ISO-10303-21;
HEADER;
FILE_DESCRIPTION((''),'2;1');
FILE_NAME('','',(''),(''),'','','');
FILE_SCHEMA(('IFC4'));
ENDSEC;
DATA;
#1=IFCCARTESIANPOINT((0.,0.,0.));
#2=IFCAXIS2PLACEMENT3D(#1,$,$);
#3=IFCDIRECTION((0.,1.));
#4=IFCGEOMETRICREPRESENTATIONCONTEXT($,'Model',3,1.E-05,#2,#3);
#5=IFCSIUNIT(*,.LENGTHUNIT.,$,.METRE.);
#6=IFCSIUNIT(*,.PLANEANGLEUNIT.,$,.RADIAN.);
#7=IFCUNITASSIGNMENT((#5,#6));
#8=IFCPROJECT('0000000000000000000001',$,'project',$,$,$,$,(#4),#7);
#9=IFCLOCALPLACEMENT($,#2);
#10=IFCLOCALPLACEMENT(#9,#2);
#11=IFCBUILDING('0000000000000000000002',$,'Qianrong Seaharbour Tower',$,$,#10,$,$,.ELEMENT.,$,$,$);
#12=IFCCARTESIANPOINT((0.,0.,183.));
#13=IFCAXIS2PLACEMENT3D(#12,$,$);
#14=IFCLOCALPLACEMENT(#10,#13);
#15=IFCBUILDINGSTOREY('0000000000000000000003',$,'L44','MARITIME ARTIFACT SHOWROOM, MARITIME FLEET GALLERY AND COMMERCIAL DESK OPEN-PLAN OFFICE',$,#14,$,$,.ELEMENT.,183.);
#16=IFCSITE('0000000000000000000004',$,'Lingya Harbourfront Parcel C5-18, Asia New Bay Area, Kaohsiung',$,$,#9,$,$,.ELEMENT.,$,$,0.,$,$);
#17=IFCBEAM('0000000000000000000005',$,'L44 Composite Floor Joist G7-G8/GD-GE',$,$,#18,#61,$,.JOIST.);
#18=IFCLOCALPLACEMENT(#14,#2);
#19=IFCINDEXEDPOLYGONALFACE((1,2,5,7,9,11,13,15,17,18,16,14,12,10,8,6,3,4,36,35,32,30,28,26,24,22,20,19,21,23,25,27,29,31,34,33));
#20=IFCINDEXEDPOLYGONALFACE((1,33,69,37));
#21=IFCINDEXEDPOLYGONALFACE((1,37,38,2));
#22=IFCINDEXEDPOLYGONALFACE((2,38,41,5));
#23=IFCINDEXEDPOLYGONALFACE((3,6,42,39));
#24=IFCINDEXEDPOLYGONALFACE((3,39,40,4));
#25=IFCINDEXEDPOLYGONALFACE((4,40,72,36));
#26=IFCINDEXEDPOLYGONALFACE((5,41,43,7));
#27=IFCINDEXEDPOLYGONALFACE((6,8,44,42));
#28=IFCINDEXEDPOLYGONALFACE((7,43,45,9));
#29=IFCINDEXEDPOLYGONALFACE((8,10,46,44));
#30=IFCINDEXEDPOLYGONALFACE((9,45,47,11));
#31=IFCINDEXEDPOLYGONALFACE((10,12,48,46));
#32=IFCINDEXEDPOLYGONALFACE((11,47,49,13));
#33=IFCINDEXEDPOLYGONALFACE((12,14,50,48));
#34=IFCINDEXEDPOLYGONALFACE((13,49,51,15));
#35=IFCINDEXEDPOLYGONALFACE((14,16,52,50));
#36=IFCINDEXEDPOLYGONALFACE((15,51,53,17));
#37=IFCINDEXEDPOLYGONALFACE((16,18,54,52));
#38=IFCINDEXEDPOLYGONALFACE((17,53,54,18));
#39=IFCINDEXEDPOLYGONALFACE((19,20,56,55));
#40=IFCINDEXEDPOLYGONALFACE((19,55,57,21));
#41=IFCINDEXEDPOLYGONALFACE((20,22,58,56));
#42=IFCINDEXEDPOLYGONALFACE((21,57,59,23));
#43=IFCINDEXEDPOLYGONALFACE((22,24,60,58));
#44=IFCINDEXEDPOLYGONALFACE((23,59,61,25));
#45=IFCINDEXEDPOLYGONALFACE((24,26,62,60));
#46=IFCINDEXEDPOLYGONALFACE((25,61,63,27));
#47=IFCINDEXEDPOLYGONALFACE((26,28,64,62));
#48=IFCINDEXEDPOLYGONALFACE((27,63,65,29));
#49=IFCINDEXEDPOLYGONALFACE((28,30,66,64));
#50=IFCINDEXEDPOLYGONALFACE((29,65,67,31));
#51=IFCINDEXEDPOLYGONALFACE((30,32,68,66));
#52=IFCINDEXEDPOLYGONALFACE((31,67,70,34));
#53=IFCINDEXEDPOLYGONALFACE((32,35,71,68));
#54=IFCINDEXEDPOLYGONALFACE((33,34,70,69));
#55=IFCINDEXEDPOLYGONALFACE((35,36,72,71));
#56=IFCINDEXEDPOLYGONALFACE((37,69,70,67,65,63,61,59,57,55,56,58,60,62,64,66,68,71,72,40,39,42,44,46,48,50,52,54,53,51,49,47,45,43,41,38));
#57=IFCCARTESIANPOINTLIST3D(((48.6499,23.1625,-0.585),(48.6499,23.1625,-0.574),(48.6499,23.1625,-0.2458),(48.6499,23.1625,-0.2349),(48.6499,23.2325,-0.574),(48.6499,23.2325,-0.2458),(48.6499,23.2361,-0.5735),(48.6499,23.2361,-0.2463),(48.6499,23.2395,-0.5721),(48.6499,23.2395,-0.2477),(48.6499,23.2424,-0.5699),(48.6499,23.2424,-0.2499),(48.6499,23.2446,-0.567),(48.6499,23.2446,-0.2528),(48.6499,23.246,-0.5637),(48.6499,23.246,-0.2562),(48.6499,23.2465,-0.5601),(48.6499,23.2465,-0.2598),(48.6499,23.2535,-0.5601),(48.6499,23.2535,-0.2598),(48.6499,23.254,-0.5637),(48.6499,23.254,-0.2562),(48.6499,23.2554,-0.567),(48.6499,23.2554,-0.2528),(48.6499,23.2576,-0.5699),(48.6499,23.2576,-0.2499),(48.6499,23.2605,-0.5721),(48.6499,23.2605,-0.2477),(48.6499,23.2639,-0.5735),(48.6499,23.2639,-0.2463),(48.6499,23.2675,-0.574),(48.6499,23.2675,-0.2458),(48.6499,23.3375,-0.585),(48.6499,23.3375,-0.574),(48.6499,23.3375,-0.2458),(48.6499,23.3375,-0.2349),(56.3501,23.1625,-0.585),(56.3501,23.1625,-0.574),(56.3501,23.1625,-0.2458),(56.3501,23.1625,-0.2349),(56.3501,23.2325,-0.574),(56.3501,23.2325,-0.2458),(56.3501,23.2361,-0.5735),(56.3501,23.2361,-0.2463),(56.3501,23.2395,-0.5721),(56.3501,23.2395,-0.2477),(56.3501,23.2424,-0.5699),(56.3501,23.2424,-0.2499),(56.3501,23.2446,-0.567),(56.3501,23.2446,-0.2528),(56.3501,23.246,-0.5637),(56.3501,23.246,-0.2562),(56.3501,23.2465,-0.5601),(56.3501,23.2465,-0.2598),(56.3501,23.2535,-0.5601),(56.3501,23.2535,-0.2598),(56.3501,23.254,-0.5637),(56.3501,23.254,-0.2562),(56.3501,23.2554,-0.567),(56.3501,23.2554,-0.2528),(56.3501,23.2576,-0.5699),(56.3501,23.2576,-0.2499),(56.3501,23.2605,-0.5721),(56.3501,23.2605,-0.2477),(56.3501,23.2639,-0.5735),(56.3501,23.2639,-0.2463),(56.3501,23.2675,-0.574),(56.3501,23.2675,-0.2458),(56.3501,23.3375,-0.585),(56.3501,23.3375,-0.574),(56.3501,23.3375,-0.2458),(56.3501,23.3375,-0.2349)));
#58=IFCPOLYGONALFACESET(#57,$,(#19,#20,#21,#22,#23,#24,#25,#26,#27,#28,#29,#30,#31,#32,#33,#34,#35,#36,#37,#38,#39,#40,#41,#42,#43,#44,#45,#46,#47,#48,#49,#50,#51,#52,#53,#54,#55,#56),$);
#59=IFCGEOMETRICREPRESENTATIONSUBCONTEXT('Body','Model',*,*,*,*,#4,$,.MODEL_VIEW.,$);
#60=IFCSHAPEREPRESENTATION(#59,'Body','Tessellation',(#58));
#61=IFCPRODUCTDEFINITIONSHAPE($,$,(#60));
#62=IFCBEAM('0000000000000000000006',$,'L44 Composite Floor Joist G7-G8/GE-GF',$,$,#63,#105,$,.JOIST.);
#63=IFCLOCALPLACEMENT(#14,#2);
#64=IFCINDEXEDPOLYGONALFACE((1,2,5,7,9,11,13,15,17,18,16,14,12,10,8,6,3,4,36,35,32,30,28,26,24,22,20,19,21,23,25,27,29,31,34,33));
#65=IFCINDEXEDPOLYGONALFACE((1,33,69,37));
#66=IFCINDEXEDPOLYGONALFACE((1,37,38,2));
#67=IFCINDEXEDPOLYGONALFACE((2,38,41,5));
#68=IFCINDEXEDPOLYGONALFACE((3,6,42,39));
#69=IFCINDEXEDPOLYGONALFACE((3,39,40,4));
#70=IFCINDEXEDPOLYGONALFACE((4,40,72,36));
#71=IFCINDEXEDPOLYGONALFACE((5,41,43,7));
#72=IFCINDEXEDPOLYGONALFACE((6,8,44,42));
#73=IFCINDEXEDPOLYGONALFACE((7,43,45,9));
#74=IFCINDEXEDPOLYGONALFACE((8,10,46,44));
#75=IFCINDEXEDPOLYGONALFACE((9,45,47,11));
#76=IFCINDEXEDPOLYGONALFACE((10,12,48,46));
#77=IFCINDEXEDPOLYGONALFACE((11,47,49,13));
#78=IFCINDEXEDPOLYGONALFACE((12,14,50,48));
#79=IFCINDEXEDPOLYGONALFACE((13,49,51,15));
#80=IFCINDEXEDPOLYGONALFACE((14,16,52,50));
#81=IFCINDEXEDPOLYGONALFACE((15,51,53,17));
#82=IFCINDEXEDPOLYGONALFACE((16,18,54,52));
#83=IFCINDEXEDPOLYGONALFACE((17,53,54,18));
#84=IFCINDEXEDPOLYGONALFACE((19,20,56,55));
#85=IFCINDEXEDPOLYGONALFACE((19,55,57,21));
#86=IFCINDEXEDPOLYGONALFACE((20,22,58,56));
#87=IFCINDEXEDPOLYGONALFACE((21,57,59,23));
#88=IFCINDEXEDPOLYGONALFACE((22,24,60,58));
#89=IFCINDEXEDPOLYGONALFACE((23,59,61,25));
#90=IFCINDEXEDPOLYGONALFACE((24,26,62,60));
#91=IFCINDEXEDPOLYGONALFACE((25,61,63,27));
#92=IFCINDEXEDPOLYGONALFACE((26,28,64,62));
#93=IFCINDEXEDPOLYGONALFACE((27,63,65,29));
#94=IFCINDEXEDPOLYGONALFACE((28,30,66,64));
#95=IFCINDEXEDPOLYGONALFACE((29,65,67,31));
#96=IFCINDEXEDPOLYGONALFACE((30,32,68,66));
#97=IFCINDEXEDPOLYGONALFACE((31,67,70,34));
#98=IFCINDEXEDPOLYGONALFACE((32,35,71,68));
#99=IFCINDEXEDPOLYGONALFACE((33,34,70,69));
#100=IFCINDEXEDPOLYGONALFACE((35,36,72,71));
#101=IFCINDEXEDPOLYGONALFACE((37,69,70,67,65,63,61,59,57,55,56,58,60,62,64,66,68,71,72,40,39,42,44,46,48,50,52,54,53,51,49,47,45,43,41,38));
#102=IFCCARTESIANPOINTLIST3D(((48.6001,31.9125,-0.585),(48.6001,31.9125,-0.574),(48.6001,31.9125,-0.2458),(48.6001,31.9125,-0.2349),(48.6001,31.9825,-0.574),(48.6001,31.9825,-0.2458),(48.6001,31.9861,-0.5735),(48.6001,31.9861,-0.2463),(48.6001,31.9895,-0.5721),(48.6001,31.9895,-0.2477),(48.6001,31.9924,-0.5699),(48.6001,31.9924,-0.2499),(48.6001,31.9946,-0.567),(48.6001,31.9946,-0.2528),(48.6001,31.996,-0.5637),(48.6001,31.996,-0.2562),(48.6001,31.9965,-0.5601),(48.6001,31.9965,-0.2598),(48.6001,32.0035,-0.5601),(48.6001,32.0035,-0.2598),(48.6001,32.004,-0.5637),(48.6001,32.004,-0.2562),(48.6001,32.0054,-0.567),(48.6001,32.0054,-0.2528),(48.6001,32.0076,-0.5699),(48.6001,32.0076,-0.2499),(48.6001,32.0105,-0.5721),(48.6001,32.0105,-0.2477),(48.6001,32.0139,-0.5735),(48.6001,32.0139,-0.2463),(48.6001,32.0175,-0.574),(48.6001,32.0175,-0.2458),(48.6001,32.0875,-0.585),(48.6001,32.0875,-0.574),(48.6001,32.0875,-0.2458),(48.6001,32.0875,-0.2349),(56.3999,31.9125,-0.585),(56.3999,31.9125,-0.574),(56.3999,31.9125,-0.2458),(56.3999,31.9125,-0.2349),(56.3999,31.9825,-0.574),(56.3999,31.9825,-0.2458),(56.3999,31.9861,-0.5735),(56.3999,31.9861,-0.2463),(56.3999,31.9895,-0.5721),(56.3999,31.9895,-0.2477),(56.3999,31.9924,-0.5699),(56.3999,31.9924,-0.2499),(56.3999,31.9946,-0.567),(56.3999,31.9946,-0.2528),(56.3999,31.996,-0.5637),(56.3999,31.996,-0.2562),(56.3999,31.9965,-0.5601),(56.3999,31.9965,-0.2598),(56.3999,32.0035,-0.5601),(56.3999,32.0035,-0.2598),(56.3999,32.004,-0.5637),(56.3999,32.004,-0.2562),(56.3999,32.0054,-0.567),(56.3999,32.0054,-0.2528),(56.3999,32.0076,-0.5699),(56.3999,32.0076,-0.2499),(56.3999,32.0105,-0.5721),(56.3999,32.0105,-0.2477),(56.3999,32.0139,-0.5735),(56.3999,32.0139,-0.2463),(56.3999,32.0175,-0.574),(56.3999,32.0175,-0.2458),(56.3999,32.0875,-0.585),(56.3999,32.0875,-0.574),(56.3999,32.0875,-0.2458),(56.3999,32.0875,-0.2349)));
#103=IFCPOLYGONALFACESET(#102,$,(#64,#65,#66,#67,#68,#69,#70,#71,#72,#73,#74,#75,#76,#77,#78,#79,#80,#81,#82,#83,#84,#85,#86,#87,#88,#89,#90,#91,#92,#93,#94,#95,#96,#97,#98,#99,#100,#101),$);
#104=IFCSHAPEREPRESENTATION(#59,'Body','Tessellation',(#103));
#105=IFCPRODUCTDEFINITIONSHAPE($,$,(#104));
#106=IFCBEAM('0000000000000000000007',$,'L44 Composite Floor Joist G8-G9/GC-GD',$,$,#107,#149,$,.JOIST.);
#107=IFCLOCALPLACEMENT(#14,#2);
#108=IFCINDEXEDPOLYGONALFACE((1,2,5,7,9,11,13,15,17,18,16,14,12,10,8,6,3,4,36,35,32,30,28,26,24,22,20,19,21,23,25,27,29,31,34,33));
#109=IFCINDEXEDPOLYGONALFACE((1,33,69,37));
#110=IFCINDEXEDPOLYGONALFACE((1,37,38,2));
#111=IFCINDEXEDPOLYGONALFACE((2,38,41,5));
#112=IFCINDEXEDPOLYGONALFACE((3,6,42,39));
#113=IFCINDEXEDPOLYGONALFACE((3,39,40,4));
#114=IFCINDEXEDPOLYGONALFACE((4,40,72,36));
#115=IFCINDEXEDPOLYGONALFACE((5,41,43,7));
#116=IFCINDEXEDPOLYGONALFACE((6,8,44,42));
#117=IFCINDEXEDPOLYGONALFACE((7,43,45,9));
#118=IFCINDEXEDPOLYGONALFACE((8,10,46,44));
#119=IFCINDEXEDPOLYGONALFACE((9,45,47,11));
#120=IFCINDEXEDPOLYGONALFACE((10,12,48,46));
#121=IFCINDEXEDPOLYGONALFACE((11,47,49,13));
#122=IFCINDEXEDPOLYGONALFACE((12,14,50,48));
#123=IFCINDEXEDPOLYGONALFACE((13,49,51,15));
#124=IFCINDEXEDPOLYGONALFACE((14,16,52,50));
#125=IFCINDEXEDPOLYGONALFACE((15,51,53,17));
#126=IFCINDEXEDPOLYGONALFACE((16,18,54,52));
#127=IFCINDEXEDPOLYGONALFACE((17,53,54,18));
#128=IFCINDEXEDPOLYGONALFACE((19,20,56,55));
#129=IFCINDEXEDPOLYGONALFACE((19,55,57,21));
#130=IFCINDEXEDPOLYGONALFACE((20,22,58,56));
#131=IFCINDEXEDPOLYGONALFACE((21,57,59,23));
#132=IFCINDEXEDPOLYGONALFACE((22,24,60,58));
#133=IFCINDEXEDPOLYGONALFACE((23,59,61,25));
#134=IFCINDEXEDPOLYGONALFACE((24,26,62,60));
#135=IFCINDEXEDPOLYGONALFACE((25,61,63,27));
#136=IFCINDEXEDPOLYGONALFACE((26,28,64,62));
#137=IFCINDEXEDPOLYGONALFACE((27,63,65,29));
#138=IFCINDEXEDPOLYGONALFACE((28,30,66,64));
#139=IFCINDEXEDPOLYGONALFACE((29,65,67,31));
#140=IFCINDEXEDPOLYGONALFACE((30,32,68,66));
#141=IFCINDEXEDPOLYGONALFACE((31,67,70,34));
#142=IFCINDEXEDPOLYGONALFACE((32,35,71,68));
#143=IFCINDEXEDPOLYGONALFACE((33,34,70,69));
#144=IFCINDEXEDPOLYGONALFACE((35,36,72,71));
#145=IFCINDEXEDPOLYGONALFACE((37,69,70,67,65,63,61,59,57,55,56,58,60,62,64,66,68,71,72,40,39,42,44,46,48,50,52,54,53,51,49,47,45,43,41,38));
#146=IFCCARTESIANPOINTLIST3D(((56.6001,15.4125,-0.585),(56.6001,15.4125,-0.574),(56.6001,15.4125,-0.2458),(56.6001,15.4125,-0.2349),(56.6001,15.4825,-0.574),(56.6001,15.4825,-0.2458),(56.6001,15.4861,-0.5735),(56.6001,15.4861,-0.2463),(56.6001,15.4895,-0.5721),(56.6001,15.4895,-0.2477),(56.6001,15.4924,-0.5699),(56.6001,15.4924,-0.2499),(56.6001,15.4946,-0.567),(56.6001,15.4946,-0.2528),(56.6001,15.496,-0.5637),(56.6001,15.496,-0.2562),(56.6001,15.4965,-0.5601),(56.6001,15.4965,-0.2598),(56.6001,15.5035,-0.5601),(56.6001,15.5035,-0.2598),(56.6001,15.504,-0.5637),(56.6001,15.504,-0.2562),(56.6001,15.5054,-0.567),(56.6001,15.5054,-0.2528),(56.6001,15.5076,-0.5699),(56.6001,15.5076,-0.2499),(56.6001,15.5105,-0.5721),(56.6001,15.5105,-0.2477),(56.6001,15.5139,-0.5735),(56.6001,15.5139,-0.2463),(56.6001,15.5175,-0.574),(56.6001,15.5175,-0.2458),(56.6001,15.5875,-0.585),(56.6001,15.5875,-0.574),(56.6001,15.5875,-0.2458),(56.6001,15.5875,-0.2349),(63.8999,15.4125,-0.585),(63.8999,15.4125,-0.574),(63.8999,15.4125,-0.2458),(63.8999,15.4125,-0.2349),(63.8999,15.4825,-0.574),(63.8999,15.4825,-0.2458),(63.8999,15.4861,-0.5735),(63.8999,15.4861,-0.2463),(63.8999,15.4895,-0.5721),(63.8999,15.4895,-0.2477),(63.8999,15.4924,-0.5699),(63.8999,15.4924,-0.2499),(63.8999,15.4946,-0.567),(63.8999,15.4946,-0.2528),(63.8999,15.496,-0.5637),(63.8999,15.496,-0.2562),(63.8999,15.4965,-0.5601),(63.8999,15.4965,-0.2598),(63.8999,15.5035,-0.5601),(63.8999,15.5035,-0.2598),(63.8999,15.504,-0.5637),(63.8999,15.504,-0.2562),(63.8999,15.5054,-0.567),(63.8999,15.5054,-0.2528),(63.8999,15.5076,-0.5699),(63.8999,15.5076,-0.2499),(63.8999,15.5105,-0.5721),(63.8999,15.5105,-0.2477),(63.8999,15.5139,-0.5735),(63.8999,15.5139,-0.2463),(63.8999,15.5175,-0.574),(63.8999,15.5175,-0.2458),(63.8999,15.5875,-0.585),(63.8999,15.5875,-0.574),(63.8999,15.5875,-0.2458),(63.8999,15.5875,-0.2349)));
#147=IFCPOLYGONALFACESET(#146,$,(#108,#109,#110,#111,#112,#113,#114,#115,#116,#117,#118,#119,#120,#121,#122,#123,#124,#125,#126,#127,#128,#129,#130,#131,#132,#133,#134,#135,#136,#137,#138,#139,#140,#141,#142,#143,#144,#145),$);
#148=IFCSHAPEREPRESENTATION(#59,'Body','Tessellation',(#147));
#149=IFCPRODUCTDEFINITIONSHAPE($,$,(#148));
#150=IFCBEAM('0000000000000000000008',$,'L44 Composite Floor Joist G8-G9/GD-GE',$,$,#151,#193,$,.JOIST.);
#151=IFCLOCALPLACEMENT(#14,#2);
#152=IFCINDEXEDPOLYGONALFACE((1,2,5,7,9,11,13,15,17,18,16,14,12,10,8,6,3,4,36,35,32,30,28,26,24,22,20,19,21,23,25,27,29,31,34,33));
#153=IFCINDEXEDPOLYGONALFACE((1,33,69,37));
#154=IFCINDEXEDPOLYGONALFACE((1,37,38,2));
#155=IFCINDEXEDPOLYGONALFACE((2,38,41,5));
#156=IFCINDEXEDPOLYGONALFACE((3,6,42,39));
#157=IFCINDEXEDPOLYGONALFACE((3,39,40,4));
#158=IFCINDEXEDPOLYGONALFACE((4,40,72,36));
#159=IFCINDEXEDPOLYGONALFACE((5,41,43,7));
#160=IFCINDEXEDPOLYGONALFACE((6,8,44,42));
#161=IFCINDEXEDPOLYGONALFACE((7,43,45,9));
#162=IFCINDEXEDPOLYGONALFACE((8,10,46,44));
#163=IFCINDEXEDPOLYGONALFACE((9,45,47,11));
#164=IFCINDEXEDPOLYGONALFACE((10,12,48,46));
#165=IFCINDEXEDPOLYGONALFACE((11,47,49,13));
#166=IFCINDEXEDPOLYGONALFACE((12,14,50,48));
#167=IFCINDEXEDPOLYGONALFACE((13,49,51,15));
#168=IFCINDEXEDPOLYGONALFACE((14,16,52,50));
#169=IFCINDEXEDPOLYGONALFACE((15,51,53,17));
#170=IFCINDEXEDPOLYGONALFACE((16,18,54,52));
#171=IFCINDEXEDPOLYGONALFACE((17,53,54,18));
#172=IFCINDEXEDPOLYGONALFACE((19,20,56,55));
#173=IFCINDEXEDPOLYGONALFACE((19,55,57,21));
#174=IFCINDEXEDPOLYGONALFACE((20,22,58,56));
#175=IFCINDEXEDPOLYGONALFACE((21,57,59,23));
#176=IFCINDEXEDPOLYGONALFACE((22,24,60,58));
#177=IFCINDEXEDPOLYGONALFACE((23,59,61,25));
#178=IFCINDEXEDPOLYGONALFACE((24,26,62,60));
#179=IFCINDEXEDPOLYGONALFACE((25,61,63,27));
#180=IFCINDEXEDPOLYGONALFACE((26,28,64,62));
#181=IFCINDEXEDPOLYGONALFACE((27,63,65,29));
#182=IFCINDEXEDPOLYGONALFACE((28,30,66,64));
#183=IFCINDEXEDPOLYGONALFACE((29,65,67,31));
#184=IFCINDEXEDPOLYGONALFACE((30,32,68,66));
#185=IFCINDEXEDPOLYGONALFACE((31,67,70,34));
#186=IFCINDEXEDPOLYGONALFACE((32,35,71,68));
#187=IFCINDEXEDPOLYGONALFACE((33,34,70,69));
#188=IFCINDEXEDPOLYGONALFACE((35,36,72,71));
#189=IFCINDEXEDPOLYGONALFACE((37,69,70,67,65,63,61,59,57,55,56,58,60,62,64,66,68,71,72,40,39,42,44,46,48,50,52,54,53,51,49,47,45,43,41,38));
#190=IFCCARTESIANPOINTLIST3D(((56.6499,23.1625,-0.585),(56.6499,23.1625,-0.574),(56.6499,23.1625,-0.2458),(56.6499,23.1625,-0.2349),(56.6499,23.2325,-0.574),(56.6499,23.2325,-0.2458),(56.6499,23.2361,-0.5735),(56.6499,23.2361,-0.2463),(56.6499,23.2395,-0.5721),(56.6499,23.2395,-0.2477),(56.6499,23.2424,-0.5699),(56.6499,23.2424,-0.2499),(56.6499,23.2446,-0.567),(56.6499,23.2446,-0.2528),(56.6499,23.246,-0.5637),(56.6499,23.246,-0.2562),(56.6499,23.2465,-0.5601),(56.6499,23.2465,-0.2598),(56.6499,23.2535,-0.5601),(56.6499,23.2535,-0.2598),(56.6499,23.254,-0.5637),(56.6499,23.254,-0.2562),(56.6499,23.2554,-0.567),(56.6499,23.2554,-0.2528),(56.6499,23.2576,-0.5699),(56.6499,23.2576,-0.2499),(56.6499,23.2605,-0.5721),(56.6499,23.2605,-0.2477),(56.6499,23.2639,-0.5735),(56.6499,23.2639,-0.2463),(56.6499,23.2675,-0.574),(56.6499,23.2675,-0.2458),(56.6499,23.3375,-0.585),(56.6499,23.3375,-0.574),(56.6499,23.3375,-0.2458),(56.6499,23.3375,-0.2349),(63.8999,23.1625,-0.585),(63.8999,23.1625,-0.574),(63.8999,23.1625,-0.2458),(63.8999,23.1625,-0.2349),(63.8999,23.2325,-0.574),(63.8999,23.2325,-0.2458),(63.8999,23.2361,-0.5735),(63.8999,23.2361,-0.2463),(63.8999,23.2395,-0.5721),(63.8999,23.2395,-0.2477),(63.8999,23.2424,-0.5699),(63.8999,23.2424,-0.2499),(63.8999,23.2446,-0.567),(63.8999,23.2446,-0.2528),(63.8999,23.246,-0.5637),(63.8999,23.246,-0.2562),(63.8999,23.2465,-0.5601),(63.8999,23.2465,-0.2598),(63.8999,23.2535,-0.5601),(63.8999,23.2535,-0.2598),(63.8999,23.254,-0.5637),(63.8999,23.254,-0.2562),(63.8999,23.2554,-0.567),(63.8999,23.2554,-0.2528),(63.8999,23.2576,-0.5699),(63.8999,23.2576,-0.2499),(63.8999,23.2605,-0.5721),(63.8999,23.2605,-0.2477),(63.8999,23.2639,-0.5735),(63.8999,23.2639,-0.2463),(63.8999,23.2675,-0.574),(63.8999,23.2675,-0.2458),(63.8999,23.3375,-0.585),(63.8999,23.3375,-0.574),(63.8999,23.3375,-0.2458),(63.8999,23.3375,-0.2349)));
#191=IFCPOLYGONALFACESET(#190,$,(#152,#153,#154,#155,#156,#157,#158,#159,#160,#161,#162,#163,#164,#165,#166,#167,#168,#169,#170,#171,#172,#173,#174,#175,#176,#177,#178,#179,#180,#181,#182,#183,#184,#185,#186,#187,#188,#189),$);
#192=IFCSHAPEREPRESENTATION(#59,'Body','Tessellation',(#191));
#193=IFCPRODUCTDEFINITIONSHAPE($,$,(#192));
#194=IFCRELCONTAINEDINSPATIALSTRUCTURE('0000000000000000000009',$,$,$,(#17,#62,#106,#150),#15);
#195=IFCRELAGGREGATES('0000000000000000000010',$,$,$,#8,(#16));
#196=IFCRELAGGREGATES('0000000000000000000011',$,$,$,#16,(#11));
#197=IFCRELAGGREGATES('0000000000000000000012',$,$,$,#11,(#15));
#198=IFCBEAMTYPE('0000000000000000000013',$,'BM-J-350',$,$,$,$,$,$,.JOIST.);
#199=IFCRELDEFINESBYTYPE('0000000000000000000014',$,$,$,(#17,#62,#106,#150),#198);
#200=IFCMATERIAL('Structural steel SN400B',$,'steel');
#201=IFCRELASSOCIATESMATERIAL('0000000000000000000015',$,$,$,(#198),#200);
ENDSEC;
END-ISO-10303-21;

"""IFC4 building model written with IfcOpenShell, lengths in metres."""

from ifc_helpers import new_model, si_unit, direction, frame, origin, origin_2d, place, context, subcontext, project, spatial, i_section, extrude, material, material_profile, profile_set, type_object, element, save


model = new_model("IFC4")

# Units and contexts
model_context = context("Model", 3, precision=1e-05, world=origin(), true_north=direction((0.0, 1.0)))
body_context = subcontext(model_context, "Body", "Model", "MODEL_VIEW")
ifc_project = project(units=[si_unit("LENGTHUNIT", "METRE"), si_unit("PLANEANGLEUNIT", "RADIAN")], contexts=[model_context])

# Site, building, storey
site_placement = place(None, origin())
site = spatial("IfcSite", under=ifc_project, at=site_placement, Name="Lingya Harbourfront Parcel C5-18, Asia New Bay Area, Kaohsiung", CompositionType="ELEMENT", RefElevation=0.0)
building_placement = place(site_placement, origin())
building = spatial("IfcBuilding", under=site, at=building_placement, Name="Qianrong Seaharbour Tower", CompositionType="ELEMENT")
storey_placement = place(building_placement, frame((0.0, 0.0, 183.0)))
storey = spatial("IfcBuildingStorey", under=building, at=storey_placement, Name="L44", Description="MARITIME ARTIFACT SHOWROOM, MARITIME FLEET GALLERY AND COMMERCIAL DESK OPEN-PLAN OFFICE", CompositionType="ELEMENT", Elevation=183.0)

# Beams
ifc_material_1 = material(Name="Structural steel SN400B", Category="steel")
ifc_material_profile_1 = material_profile(ifc_material_1, i_section(OverallWidth=0.175, OverallDepth=0.3501, WebThickness=0.0071, FlangeThickness=0.011, FilletRadius=0.0139, at=origin_2d()), Name="H350x175x7x11")
ifc_profile_set_1 = profile_set([ifc_material_profile_1], Name="Structural steel SN400B")
beam_type_1 = type_object("IfcBeamType", Name="BM-J-350", PredefinedType="JOIST", material=ifc_profile_set_1)
beam_1_placement = place(storey_placement, frame((48.6499, 23.25, -0.4099), z_axis=(1.0, 0.0, 0.0), x_axis=(0.0, 1.0, 0.0)))
element("IfcBeam", 1, at=beam_1_placement, inside=storey, type_object=beam_type_1, Name="L44 Composite Floor Joist G7-G8/GD-GE", PredefinedType="JOIST", context=body_context, shape_type="SweptSolid", body=[
    extrude(i_section(OverallWidth=0.175, OverallDepth=0.3501, WebThickness=0.0071, FlangeThickness=0.011, FilletRadius=0.0139, at=origin_2d()), origin(), (0.0, 0.0, 1.0), 7.7002),
])
beam_2_placement = place(storey_placement, frame((48.6001, 32.0, -0.4099), z_axis=(1.0, 0.0, 0.0), x_axis=(0.0, 1.0, 0.0)))
element("IfcBeam", 2, at=beam_2_placement, inside=storey, type_object=beam_type_1, Name="L44 Composite Floor Joist G7-G8/GE-GF", PredefinedType="JOIST", context=body_context, shape_type="SweptSolid", body=[
    extrude(i_section(OverallWidth=0.175, OverallDepth=0.3501, WebThickness=0.0071, FlangeThickness=0.011, FilletRadius=0.0139, at=origin_2d()), origin(), (0.0, 0.0, 1.0), 7.7998),
])
beam_3_placement = place(storey_placement, frame((56.6001, 15.5, -0.4099), z_axis=(1.0, 0.0, 0.0), x_axis=(0.0, 1.0, 0.0)))
element("IfcBeam", 3, at=beam_3_placement, inside=storey, type_object=beam_type_1, Name="L44 Composite Floor Joist G8-G9/GC-GD", PredefinedType="JOIST", context=body_context, shape_type="SweptSolid", body=[
    extrude(i_section(OverallWidth=0.175, OverallDepth=0.3501, WebThickness=0.0071, FlangeThickness=0.011, FilletRadius=0.0139, at=origin_2d()), origin(), (0.0, 0.0, 1.0), 7.2998),
])
beam_4_placement = place(storey_placement, frame((56.6499, 23.25, -0.4099), z_axis=(1.0, 0.0, 0.0), x_axis=(0.0, 1.0, 0.0)))
element("IfcBeam", 4, at=beam_4_placement, inside=storey, type_object=beam_type_1, Name="L44 Composite Floor Joist G8-G9/GD-GE", PredefinedType="JOIST", context=body_context, shape_type="SweptSolid", body=[
    extrude(i_section(OverallWidth=0.175, OverallDepth=0.3501, WebThickness=0.0071, FlangeThickness=0.011, FilletRadius=0.0139, at=origin_2d()), origin(), (0.0, 0.0, 1.0), 7.25),
])

save(model, "model.ifc")
